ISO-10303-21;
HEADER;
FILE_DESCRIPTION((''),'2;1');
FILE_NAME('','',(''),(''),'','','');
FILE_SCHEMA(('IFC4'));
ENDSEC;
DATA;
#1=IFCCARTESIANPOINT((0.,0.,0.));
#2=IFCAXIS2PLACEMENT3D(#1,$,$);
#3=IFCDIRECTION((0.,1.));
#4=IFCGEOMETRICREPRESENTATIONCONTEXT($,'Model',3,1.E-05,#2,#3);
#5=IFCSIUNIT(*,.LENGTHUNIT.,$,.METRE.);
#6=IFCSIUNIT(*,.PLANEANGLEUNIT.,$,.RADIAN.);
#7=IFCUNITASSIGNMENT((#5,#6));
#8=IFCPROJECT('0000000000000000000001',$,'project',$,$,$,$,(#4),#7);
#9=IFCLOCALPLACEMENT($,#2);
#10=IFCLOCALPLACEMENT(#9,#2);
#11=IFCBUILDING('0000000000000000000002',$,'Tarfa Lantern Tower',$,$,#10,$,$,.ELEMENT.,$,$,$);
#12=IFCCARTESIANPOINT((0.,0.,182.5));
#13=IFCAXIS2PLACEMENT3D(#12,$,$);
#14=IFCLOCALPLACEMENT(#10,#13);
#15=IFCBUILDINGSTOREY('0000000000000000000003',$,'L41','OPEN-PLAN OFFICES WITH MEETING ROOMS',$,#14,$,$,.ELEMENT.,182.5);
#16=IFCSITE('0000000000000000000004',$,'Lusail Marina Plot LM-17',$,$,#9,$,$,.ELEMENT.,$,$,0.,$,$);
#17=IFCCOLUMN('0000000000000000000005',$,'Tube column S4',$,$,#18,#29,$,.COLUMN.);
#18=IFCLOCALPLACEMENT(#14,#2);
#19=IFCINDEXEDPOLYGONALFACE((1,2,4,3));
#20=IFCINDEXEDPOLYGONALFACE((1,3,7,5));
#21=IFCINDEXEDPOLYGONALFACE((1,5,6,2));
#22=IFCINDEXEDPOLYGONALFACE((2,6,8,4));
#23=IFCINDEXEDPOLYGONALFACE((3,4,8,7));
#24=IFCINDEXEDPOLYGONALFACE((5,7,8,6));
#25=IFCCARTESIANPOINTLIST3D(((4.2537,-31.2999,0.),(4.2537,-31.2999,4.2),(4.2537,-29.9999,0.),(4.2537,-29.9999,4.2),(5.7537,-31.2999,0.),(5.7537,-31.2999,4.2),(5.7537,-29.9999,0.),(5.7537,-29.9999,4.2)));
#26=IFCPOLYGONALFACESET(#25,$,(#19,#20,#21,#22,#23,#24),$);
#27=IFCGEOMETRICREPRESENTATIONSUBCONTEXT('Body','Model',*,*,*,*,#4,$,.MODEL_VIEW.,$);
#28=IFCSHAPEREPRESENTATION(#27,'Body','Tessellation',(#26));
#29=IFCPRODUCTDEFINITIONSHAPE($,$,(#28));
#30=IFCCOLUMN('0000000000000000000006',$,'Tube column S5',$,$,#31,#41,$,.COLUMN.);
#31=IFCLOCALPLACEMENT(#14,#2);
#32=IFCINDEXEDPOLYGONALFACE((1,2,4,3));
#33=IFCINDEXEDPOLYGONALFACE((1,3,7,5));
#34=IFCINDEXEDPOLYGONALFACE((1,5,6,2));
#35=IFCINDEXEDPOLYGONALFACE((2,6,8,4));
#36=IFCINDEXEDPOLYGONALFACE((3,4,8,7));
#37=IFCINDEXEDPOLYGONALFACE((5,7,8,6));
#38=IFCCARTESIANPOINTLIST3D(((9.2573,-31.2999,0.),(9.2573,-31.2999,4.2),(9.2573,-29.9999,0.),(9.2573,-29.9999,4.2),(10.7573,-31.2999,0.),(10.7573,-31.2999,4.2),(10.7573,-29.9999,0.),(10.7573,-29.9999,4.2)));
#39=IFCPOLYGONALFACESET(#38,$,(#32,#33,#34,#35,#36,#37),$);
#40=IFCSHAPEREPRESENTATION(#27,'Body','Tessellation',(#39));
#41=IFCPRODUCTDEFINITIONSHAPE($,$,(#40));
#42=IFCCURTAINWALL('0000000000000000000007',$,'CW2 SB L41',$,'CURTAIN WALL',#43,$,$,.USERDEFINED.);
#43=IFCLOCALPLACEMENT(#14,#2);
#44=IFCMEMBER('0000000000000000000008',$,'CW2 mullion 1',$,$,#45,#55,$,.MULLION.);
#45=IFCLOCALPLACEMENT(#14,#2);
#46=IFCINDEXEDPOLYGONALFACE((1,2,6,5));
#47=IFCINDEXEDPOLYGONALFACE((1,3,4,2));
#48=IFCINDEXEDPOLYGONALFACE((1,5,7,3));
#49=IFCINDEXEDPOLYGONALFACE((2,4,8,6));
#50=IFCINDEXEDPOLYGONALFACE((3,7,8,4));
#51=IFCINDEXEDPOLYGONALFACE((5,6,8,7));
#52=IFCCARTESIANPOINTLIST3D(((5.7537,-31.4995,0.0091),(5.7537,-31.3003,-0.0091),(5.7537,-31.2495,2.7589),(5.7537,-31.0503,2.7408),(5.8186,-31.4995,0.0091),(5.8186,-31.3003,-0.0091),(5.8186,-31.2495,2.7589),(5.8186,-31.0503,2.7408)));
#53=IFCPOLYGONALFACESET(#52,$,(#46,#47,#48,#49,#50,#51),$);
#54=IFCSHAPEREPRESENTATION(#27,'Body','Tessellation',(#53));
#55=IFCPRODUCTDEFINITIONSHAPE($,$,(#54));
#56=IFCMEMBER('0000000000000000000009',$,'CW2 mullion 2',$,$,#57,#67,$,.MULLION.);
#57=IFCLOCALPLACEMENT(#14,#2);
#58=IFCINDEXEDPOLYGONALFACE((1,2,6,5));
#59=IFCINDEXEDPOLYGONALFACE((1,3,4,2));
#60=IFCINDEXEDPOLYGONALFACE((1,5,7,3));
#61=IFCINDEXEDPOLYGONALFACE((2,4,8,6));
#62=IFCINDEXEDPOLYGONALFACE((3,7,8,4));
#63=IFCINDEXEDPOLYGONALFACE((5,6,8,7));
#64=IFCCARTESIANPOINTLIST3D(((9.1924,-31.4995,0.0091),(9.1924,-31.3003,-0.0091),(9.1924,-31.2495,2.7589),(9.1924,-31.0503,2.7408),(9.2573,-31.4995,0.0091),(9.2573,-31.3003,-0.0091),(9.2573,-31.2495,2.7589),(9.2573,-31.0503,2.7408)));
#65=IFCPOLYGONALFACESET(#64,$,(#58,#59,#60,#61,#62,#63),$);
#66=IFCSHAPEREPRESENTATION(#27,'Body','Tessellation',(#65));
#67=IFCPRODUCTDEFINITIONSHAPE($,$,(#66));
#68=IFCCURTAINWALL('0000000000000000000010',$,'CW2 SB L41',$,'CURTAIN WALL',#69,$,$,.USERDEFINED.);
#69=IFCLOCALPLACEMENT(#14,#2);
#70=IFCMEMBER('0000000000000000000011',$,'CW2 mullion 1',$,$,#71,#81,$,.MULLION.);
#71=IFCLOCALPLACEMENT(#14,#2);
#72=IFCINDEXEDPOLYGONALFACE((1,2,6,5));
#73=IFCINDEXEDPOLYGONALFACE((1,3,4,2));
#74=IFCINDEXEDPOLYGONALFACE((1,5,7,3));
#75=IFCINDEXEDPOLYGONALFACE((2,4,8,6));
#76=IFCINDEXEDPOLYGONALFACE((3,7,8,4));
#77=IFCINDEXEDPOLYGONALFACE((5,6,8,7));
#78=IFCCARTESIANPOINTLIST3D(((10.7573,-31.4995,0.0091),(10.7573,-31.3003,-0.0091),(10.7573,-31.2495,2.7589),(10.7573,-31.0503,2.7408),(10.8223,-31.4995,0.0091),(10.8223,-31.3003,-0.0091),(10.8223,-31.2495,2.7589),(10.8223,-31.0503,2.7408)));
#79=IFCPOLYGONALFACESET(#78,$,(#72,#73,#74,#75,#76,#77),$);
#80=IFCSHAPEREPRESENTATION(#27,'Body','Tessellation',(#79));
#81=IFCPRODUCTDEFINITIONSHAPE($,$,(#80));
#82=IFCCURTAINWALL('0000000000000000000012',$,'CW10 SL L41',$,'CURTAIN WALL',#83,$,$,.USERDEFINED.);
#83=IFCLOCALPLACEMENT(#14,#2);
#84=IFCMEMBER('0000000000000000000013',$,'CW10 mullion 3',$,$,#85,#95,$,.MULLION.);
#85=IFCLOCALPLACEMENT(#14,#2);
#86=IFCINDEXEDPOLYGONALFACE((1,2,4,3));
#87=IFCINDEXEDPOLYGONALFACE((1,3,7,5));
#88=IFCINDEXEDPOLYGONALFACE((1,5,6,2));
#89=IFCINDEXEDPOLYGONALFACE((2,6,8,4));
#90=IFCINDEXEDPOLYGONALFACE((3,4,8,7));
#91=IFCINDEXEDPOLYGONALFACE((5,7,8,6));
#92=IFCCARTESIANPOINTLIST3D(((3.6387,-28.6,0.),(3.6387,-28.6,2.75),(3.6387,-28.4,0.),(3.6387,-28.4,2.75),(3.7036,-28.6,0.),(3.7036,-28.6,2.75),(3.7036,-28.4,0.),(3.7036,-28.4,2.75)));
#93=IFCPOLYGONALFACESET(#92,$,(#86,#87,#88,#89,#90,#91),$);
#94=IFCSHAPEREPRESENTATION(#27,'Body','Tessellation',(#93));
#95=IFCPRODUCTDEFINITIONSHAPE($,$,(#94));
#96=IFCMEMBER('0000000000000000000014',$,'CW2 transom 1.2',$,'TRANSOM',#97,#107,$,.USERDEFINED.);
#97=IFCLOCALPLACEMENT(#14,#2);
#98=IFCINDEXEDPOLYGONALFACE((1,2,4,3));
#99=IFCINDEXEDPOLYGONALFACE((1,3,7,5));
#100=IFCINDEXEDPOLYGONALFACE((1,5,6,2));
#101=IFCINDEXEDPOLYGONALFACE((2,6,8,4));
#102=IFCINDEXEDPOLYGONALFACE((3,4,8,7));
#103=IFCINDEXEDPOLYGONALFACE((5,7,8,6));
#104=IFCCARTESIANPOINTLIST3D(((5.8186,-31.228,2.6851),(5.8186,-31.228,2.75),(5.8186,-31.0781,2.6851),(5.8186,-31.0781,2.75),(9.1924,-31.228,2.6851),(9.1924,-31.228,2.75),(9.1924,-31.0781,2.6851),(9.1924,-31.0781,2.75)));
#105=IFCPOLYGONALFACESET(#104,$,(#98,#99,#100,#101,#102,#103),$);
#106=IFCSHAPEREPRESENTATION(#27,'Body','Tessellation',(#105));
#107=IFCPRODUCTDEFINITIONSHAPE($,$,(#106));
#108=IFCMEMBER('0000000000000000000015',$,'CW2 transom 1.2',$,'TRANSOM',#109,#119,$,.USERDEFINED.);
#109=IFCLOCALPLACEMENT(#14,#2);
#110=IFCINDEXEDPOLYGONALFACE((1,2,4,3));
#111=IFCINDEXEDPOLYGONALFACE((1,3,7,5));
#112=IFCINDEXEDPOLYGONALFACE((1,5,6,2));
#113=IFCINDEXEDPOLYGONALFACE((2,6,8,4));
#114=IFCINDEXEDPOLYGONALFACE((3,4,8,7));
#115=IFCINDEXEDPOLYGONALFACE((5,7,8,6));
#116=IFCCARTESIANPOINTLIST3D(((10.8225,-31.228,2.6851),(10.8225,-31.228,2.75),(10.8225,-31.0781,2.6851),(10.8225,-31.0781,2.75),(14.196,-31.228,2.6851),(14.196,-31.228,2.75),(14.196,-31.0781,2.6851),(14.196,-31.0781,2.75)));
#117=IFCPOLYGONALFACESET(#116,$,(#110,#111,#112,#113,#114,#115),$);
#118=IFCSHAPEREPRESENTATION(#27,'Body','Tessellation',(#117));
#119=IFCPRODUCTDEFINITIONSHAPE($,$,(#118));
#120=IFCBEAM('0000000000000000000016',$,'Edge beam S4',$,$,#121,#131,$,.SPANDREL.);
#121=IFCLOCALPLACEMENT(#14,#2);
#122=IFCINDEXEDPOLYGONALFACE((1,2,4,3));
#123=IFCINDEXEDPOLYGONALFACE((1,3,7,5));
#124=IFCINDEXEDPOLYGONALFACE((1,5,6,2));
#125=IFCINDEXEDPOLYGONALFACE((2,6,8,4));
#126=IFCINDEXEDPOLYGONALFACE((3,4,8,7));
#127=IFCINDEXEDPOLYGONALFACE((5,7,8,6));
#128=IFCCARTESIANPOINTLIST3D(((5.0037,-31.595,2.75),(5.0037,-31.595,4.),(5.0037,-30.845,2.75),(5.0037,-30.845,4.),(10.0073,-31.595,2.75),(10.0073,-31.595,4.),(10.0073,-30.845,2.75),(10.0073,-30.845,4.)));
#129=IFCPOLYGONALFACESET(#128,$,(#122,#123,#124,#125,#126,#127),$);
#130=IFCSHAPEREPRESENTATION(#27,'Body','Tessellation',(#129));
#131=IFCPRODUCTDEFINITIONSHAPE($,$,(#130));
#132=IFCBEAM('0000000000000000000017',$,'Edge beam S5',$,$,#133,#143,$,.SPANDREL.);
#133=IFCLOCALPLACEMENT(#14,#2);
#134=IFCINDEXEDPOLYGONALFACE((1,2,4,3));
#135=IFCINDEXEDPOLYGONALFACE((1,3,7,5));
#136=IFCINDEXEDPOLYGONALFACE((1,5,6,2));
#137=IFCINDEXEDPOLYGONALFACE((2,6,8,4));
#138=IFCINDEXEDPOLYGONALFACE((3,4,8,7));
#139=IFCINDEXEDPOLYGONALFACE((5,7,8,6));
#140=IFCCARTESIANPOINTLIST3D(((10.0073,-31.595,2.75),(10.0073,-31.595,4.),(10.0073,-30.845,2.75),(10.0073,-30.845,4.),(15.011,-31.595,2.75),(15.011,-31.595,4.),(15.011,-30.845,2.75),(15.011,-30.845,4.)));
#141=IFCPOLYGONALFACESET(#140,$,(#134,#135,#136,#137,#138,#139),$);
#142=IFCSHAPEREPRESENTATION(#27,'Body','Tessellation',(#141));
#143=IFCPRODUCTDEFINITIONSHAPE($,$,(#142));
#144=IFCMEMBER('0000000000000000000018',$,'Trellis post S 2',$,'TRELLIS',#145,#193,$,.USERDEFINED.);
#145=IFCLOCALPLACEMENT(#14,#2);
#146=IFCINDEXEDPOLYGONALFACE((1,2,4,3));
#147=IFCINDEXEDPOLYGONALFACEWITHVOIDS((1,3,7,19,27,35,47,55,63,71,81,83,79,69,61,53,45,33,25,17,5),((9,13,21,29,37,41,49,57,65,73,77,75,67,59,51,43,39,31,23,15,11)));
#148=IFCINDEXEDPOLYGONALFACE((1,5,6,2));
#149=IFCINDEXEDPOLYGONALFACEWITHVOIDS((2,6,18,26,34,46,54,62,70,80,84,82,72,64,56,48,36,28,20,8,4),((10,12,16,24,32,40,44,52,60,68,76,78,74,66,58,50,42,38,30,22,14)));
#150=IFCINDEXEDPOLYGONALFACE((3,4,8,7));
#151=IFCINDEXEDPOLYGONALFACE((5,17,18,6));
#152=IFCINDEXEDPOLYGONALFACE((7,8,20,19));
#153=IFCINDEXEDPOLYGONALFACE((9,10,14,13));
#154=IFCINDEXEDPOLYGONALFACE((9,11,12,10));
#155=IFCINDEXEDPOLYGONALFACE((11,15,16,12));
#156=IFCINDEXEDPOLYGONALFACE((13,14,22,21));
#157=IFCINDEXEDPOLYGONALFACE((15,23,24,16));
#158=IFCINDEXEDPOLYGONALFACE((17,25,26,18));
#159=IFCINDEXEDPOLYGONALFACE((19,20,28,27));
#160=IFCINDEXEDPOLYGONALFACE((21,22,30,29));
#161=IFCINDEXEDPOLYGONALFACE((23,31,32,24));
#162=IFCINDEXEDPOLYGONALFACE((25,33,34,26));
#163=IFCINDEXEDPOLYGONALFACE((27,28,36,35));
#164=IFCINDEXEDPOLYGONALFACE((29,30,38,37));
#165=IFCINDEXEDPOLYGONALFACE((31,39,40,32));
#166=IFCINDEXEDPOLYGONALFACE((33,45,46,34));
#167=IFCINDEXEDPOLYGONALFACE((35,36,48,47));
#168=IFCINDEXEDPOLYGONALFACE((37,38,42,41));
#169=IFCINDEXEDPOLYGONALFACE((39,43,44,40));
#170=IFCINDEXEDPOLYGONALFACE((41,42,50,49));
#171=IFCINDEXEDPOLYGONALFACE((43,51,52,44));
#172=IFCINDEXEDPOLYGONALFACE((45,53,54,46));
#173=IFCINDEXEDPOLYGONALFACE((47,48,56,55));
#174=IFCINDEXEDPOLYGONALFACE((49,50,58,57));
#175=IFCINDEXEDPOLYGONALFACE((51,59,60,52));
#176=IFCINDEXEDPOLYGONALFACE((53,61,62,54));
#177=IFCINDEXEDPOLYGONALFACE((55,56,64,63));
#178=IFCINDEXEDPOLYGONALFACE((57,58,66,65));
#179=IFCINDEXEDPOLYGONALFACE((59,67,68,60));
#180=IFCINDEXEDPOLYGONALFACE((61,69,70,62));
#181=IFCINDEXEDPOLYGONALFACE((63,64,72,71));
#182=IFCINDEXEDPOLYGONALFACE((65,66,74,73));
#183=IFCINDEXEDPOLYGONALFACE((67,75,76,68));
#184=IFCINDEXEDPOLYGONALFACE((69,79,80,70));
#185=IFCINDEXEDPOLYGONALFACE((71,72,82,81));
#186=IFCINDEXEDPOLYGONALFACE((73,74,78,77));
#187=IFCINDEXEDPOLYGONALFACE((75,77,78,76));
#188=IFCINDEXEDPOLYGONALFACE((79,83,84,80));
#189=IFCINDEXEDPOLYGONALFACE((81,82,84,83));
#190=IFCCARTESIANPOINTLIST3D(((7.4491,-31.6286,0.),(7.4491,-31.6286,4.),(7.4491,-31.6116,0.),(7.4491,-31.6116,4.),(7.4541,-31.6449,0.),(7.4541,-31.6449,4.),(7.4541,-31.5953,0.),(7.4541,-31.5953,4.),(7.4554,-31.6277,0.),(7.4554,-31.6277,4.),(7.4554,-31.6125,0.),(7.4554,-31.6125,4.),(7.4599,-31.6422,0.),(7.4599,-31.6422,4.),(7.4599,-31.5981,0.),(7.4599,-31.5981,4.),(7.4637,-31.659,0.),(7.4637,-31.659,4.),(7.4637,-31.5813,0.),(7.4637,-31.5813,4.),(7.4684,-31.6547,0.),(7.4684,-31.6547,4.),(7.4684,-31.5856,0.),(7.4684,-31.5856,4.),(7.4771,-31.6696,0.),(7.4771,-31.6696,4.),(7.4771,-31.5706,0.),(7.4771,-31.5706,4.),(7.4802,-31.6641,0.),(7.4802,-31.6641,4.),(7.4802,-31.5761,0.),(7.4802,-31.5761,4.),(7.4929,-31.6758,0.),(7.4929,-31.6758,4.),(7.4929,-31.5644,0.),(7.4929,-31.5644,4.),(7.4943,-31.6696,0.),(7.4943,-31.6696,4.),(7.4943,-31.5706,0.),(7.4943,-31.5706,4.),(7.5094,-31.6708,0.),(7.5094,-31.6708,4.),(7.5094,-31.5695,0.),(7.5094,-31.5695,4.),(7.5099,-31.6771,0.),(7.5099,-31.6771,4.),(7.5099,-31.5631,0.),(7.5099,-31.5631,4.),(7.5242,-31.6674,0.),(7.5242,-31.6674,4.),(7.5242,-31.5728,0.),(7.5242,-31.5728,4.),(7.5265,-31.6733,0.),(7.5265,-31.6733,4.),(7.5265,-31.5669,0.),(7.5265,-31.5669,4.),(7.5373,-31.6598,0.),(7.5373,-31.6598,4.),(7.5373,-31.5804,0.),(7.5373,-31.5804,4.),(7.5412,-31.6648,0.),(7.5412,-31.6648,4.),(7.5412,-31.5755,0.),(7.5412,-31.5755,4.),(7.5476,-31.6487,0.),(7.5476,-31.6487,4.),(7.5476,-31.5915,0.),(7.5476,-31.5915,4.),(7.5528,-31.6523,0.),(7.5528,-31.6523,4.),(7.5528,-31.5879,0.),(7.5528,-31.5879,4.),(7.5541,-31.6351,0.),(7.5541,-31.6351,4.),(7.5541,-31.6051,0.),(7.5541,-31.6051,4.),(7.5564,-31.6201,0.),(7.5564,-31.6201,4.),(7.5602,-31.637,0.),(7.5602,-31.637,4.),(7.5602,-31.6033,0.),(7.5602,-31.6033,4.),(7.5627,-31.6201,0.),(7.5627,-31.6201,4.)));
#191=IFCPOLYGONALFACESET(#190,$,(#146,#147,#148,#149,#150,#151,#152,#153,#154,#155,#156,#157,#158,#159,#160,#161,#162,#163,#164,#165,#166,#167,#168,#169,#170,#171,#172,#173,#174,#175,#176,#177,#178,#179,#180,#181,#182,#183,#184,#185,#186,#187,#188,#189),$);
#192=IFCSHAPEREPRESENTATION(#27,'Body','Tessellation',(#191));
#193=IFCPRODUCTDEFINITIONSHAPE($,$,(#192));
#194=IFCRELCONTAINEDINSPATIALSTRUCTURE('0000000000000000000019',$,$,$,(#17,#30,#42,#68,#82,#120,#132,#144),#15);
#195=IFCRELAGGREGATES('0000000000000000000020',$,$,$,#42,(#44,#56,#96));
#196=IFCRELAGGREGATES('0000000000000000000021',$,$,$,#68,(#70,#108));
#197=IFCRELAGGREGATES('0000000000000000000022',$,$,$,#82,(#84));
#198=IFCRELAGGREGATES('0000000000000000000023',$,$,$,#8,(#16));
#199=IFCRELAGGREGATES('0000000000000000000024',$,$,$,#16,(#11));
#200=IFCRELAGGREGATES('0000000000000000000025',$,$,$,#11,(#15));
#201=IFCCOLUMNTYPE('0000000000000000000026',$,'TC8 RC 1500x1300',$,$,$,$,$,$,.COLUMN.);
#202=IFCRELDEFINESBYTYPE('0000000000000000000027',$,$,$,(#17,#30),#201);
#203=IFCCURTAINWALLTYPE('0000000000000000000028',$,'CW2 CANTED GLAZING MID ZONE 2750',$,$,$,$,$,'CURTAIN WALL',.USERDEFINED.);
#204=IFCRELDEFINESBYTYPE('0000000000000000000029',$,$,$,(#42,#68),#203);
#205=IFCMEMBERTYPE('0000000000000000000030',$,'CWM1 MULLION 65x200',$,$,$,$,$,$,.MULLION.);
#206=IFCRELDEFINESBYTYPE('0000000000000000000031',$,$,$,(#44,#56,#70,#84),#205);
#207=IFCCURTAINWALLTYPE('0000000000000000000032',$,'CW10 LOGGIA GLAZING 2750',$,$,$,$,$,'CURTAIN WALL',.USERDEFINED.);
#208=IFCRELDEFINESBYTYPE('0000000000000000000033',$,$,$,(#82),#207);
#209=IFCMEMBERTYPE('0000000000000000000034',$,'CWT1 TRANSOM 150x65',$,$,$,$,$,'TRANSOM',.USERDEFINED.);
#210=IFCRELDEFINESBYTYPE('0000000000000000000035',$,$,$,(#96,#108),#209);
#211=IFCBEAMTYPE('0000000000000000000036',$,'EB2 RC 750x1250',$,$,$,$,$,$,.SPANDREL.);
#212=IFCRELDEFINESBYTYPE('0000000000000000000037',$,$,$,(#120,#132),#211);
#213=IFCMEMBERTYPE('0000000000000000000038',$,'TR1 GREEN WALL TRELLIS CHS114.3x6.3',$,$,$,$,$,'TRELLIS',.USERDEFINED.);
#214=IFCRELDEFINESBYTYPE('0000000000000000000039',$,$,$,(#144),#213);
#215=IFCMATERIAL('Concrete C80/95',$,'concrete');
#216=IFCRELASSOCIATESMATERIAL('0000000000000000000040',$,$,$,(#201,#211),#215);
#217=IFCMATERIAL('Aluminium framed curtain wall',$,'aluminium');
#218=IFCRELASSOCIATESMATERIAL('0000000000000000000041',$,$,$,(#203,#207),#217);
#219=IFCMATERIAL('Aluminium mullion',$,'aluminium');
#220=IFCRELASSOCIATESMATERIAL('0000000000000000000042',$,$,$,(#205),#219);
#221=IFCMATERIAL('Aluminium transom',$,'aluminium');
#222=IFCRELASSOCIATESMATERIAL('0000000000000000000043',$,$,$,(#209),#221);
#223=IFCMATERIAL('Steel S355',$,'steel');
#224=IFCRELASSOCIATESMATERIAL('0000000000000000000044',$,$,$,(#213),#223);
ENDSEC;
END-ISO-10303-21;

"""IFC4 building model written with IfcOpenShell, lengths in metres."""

from ifc_helpers import new_model, si_unit, direction, frame, origin, origin_2d, place, context, subcontext, project, spatial, rectangle, hollow_circle, extrude, material, material_profile, profile_set, type_object, element, aggregate, save


model = new_model("IFC4")

# Units and contexts
model_context = context("Model", 3, precision=1e-05, world=origin(), true_north=direction((0.0, 1.0)))
body_context = subcontext(model_context, "Body", "Model", "MODEL_VIEW")
ifc_project = project(units=[si_unit("LENGTHUNIT", "METRE"), si_unit("PLANEANGLEUNIT", "RADIAN")], contexts=[model_context])

# Site, building, storey
site_placement = place(None, origin())
site = spatial("IfcSite", under=ifc_project, at=site_placement, Name="Lusail Marina Plot LM-17", CompositionType="ELEMENT", RefElevation=0.0)
building_placement = place(site_placement, origin())
building = spatial("IfcBuilding", under=site, at=building_placement, Name="Tarfa Lantern Tower", CompositionType="ELEMENT")
storey_placement = place(building_placement, frame((0.0, 0.0, 182.5)))
storey = spatial("IfcBuildingStorey", under=building, at=storey_placement, Name="L41", Description="OPEN-PLAN OFFICES WITH MEETING ROOMS", CompositionType="ELEMENT", Elevation=182.5)

# Columns
ifc_material_1 = material(Name="Concrete C80/95", Category="concrete")
ifc_material_profile_1 = material_profile(ifc_material_1, rectangle(XDim=1.5, YDim=1.3, at=origin_2d()), Name="RC 1500x1300")
ifc_profile_set_1 = profile_set([ifc_material_profile_1], Name="Concrete C80/95")
column_type = type_object("IfcColumnType", Name="TC8 RC 1500x1300", PredefinedType="COLUMN", material=ifc_profile_set_1)
for number, where, z_axis, x_axis, name in (
    (1, (5.0037, -30.6499, 0.0), (0.0, 0.0, 1.0), (1.0, 0.0, 0.0), "Tube column S4"),
    (2, (10.0073, -30.6499, 0.0), (0.0, 0.0, 1.0), (1.0, 0.0, 0.0), "Tube column S5"),
):
    element("IfcColumn", number, at=place(storey_placement, frame(where, z_axis=z_axis, x_axis=x_axis)), inside=storey, type_object=column_type, Name=name, PredefinedType="COLUMN", context=body_context, shape_type="SweptSolid", body=[
        extrude(rectangle(XDim=1.5, YDim=1.3, at=origin_2d()), origin(), (0.0, 0.0, 1.0), 4.2),
    ])

# Curtain wall, members
ifc_material_2 = material(Name="Aluminium framed curtain wall", Category="aluminium")
curtain_wall_type_1 = type_object("IfcCurtainWallType", Name="CW2 CANTED GLAZING MID ZONE 2750", ElementType="CURTAIN WALL", PredefinedType="USERDEFINED", material=ifc_material_2)
curtain_wall_1_placement = place(storey_placement, origin())
curtain_wall_1 = element("IfcCurtainWall", 3, at=curtain_wall_1_placement, inside=storey, type_object=curtain_wall_type_1, Name="CW2 SB L41", ObjectType="CURTAIN WALL", PredefinedType="USERDEFINED")
ifc_material_3 = material(Name="Aluminium mullion", Category="aluminium")
ifc_material_profile_2 = material_profile(ifc_material_3, rectangle(XDim=0.0649, YDim=0.2, at=origin_2d()), Name="AL MULLION 65x200")
ifc_profile_set_2 = profile_set([ifc_material_profile_2], Name="Aluminium mullion")
member_type_1 = type_object("IfcMemberType", Name="CWM1 MULLION 65x200", PredefinedType="MULLION", material=ifc_profile_set_2)
member_1_placement = place(storey_placement, frame((5.7861, -31.3999, 0.0), z_axis=(0.0, 0.090536, 0.995893), x_axis=(-1.0, 0.0, 0.0)))
member_1 = element("IfcMember", 4, at=member_1_placement, type_object=member_type_1, Name="CW2 mullion 1", PredefinedType="MULLION", context=body_context, shape_type="SweptSolid", body=[
    extrude(rectangle(XDim=0.0649, YDim=0.2, at=origin_2d()), origin(), (0.0, 0.0, 1.0), 2.7612),
])
member_2_placement = place(storey_placement, frame((9.2249, -31.3999, 0.0), z_axis=(0.0, 0.090536, 0.995893), x_axis=(-1.0, 0.0, 0.0)))
member_2 = element("IfcMember", 5, at=member_2_placement, type_object=member_type_1, Name="CW2 mullion 2", PredefinedType="MULLION", context=body_context, shape_type="SweptSolid", body=[
    extrude(rectangle(XDim=0.0649, YDim=0.2, at=origin_2d()), origin(), (0.0, 0.0, 1.0), 2.7612),
])

# Curtain walls, members
curtain_wall_2_placement = place(storey_placement, origin())
curtain_wall_2 = element("IfcCurtainWall", 6, at=curtain_wall_2_placement, inside=storey, type_object=curtain_wall_type_1, Name="CW2 SB L41", ObjectType="CURTAIN WALL", PredefinedType="USERDEFINED")
member_3_placement = place(storey_placement, frame((10.7898, -31.3999, 0.0), z_axis=(0.0, 0.090536, 0.995893), x_axis=(-1.0, 0.0, 0.0)))
member_3 = element("IfcMember", 7, at=member_3_placement, type_object=member_type_1, Name="CW2 mullion 1", PredefinedType="MULLION", context=body_context, shape_type="SweptSolid", body=[
    extrude(rectangle(XDim=0.0649, YDim=0.2, at=origin_2d()), origin(), (0.0, 0.0, 1.0), 2.7612),
])
curtain_wall_type_2 = type_object("IfcCurtainWallType", Name="CW10 LOGGIA GLAZING 2750", ElementType="CURTAIN WALL", PredefinedType="USERDEFINED", material=ifc_material_2)
curtain_wall_3_placement = place(storey_placement, origin())
curtain_wall_3 = element("IfcCurtainWall", 8, at=curtain_wall_3_placement, inside=storey, type_object=curtain_wall_type_2, Name="CW10 SL L41", ObjectType="CURTAIN WALL", PredefinedType="USERDEFINED")
member_4_placement = place(storey_placement, frame((3.6711, -28.5, 0.0), z_axis=(0.0, 0.0, 1.0), x_axis=(1.0, 0.0, 0.0)))
member_4 = element("IfcMember", 9, at=member_4_placement, type_object=member_type_1, Name="CW10 mullion 3", PredefinedType="MULLION", context=body_context, shape_type="SweptSolid", body=[
    extrude(rectangle(XDim=0.0649, YDim=0.2, at=origin_2d()), origin(), (0.0, 0.0, 1.0), 2.75),
])

# Members
ifc_material_4 = material(Name="Aluminium transom", Category="aluminium")
ifc_material_profile_3 = material_profile(ifc_material_4, rectangle(XDim=0.1499, YDim=0.0649, at=origin_2d()), Name="AL TRANSOM 150x65")
ifc_profile_set_3 = profile_set([ifc_material_profile_3], Name="Aluminium transom")
member_type_2 = type_object("IfcMemberType", Name="CWT1 TRANSOM 150x65", ElementType="TRANSOM", PredefinedType="USERDEFINED", material=ifc_profile_set_3)
member_5_placement = place(storey_placement, frame((5.8186, -31.1531, 2.7175), z_axis=(1.0, 0.0, 0.0), x_axis=(0.0, 1.0, 0.0)))
member_5 = element("IfcMember", 10, at=member_5_placement, type_object=member_type_2, Name="CW2 transom 1.2", ObjectType="TRANSOM", PredefinedType="USERDEFINED", context=body_context, shape_type="SweptSolid", body=[
    extrude(rectangle(XDim=0.1499, YDim=0.0649, at=origin_2d()), origin(), (0.0, 0.0, 1.0), 3.3738),
])
member_6_placement = place(storey_placement, frame((10.8225, -31.1531, 2.7175), z_axis=(1.0, 0.0, 0.0), x_axis=(0.0, 1.0, 0.0)))
member_6 = element("IfcMember", 11, at=member_6_placement, type_object=member_type_2, Name="CW2 transom 1.2", ObjectType="TRANSOM", PredefinedType="USERDEFINED", context=body_context, shape_type="SweptSolid", body=[
    extrude(rectangle(XDim=0.1499, YDim=0.0649, at=origin_2d()), origin(), (0.0, 0.0, 1.0), 3.3735),
])

# Beams
ifc_material_profile_4 = material_profile(ifc_material_1, rectangle(XDim=0.75, YDim=1.25, at=origin_2d()), Name="RC 750x1250")
ifc_profile_set_4 = profile_set([ifc_material_profile_4], Name="Concrete C80/95")
beam_type_1 = type_object("IfcBeamType", Name="EB2 RC 750x1250", PredefinedType="SPANDREL", material=ifc_profile_set_4)
for number, where, z_axis, x_axis, name in (
    (12, (5.0037, -31.22, 3.375), (1.0, 0.0, 0.0), (0.0, 1.0, 0.0), "Edge beam S4"),
    (13, (10.0073, -31.22, 3.375), (1.0, 0.0, 0.0), (0.0, 1.0, 0.0), "Edge beam S5"),
):
    element("IfcBeam", number, at=place(storey_placement, frame(where, z_axis=z_axis, x_axis=x_axis)), inside=storey, type_object=beam_type_1, Name=name, PredefinedType="SPANDREL", context=body_context, shape_type="SweptSolid", body=[
        extrude(rectangle(XDim=0.75, YDim=1.25, at=origin_2d()), origin(), (0.0, 0.0, 1.0), 5.0037),
    ])

# Member
ifc_material_5 = material(Name="Steel S355", Category="steel")
ifc_material_profile_5 = material_profile(ifc_material_5, hollow_circle(Radius=0.0571, WallThickness=0.0063, at=origin_2d()), Name="CHS114.3x6.3")
ifc_profile_set_5 = profile_set([ifc_material_profile_5], Name="Steel S355")
member_type_3 = type_object("IfcMemberType", Name="TR1 GREEN WALL TRELLIS CHS114.3x6.3", ElementType="TRELLIS", PredefinedType="USERDEFINED", material=ifc_profile_set_5)
member_7_placement = place(storey_placement, frame((7.5056, -31.6201, 0.0), z_axis=(0.0, 0.0, 1.0), x_axis=(1.0, 0.0, 0.0)))
element("IfcMember", 14, at=member_7_placement, inside=storey, type_object=member_type_3, Name="Trellis post S 2", ObjectType="TRELLIS", PredefinedType="USERDEFINED", context=body_context, shape_type="SweptSolid", body=[
    extrude(hollow_circle(Radius=0.0571, WallThickness=0.0063, at=origin_2d()), origin(), (0.0, 0.0, 1.0), 4.0),
])

aggregate(curtain_wall_1, [member_1, member_2, member_5])
aggregate(curtain_wall_2, [member_3, member_6])
aggregate(curtain_wall_3, [member_4])

save(model, "model.ifc")
